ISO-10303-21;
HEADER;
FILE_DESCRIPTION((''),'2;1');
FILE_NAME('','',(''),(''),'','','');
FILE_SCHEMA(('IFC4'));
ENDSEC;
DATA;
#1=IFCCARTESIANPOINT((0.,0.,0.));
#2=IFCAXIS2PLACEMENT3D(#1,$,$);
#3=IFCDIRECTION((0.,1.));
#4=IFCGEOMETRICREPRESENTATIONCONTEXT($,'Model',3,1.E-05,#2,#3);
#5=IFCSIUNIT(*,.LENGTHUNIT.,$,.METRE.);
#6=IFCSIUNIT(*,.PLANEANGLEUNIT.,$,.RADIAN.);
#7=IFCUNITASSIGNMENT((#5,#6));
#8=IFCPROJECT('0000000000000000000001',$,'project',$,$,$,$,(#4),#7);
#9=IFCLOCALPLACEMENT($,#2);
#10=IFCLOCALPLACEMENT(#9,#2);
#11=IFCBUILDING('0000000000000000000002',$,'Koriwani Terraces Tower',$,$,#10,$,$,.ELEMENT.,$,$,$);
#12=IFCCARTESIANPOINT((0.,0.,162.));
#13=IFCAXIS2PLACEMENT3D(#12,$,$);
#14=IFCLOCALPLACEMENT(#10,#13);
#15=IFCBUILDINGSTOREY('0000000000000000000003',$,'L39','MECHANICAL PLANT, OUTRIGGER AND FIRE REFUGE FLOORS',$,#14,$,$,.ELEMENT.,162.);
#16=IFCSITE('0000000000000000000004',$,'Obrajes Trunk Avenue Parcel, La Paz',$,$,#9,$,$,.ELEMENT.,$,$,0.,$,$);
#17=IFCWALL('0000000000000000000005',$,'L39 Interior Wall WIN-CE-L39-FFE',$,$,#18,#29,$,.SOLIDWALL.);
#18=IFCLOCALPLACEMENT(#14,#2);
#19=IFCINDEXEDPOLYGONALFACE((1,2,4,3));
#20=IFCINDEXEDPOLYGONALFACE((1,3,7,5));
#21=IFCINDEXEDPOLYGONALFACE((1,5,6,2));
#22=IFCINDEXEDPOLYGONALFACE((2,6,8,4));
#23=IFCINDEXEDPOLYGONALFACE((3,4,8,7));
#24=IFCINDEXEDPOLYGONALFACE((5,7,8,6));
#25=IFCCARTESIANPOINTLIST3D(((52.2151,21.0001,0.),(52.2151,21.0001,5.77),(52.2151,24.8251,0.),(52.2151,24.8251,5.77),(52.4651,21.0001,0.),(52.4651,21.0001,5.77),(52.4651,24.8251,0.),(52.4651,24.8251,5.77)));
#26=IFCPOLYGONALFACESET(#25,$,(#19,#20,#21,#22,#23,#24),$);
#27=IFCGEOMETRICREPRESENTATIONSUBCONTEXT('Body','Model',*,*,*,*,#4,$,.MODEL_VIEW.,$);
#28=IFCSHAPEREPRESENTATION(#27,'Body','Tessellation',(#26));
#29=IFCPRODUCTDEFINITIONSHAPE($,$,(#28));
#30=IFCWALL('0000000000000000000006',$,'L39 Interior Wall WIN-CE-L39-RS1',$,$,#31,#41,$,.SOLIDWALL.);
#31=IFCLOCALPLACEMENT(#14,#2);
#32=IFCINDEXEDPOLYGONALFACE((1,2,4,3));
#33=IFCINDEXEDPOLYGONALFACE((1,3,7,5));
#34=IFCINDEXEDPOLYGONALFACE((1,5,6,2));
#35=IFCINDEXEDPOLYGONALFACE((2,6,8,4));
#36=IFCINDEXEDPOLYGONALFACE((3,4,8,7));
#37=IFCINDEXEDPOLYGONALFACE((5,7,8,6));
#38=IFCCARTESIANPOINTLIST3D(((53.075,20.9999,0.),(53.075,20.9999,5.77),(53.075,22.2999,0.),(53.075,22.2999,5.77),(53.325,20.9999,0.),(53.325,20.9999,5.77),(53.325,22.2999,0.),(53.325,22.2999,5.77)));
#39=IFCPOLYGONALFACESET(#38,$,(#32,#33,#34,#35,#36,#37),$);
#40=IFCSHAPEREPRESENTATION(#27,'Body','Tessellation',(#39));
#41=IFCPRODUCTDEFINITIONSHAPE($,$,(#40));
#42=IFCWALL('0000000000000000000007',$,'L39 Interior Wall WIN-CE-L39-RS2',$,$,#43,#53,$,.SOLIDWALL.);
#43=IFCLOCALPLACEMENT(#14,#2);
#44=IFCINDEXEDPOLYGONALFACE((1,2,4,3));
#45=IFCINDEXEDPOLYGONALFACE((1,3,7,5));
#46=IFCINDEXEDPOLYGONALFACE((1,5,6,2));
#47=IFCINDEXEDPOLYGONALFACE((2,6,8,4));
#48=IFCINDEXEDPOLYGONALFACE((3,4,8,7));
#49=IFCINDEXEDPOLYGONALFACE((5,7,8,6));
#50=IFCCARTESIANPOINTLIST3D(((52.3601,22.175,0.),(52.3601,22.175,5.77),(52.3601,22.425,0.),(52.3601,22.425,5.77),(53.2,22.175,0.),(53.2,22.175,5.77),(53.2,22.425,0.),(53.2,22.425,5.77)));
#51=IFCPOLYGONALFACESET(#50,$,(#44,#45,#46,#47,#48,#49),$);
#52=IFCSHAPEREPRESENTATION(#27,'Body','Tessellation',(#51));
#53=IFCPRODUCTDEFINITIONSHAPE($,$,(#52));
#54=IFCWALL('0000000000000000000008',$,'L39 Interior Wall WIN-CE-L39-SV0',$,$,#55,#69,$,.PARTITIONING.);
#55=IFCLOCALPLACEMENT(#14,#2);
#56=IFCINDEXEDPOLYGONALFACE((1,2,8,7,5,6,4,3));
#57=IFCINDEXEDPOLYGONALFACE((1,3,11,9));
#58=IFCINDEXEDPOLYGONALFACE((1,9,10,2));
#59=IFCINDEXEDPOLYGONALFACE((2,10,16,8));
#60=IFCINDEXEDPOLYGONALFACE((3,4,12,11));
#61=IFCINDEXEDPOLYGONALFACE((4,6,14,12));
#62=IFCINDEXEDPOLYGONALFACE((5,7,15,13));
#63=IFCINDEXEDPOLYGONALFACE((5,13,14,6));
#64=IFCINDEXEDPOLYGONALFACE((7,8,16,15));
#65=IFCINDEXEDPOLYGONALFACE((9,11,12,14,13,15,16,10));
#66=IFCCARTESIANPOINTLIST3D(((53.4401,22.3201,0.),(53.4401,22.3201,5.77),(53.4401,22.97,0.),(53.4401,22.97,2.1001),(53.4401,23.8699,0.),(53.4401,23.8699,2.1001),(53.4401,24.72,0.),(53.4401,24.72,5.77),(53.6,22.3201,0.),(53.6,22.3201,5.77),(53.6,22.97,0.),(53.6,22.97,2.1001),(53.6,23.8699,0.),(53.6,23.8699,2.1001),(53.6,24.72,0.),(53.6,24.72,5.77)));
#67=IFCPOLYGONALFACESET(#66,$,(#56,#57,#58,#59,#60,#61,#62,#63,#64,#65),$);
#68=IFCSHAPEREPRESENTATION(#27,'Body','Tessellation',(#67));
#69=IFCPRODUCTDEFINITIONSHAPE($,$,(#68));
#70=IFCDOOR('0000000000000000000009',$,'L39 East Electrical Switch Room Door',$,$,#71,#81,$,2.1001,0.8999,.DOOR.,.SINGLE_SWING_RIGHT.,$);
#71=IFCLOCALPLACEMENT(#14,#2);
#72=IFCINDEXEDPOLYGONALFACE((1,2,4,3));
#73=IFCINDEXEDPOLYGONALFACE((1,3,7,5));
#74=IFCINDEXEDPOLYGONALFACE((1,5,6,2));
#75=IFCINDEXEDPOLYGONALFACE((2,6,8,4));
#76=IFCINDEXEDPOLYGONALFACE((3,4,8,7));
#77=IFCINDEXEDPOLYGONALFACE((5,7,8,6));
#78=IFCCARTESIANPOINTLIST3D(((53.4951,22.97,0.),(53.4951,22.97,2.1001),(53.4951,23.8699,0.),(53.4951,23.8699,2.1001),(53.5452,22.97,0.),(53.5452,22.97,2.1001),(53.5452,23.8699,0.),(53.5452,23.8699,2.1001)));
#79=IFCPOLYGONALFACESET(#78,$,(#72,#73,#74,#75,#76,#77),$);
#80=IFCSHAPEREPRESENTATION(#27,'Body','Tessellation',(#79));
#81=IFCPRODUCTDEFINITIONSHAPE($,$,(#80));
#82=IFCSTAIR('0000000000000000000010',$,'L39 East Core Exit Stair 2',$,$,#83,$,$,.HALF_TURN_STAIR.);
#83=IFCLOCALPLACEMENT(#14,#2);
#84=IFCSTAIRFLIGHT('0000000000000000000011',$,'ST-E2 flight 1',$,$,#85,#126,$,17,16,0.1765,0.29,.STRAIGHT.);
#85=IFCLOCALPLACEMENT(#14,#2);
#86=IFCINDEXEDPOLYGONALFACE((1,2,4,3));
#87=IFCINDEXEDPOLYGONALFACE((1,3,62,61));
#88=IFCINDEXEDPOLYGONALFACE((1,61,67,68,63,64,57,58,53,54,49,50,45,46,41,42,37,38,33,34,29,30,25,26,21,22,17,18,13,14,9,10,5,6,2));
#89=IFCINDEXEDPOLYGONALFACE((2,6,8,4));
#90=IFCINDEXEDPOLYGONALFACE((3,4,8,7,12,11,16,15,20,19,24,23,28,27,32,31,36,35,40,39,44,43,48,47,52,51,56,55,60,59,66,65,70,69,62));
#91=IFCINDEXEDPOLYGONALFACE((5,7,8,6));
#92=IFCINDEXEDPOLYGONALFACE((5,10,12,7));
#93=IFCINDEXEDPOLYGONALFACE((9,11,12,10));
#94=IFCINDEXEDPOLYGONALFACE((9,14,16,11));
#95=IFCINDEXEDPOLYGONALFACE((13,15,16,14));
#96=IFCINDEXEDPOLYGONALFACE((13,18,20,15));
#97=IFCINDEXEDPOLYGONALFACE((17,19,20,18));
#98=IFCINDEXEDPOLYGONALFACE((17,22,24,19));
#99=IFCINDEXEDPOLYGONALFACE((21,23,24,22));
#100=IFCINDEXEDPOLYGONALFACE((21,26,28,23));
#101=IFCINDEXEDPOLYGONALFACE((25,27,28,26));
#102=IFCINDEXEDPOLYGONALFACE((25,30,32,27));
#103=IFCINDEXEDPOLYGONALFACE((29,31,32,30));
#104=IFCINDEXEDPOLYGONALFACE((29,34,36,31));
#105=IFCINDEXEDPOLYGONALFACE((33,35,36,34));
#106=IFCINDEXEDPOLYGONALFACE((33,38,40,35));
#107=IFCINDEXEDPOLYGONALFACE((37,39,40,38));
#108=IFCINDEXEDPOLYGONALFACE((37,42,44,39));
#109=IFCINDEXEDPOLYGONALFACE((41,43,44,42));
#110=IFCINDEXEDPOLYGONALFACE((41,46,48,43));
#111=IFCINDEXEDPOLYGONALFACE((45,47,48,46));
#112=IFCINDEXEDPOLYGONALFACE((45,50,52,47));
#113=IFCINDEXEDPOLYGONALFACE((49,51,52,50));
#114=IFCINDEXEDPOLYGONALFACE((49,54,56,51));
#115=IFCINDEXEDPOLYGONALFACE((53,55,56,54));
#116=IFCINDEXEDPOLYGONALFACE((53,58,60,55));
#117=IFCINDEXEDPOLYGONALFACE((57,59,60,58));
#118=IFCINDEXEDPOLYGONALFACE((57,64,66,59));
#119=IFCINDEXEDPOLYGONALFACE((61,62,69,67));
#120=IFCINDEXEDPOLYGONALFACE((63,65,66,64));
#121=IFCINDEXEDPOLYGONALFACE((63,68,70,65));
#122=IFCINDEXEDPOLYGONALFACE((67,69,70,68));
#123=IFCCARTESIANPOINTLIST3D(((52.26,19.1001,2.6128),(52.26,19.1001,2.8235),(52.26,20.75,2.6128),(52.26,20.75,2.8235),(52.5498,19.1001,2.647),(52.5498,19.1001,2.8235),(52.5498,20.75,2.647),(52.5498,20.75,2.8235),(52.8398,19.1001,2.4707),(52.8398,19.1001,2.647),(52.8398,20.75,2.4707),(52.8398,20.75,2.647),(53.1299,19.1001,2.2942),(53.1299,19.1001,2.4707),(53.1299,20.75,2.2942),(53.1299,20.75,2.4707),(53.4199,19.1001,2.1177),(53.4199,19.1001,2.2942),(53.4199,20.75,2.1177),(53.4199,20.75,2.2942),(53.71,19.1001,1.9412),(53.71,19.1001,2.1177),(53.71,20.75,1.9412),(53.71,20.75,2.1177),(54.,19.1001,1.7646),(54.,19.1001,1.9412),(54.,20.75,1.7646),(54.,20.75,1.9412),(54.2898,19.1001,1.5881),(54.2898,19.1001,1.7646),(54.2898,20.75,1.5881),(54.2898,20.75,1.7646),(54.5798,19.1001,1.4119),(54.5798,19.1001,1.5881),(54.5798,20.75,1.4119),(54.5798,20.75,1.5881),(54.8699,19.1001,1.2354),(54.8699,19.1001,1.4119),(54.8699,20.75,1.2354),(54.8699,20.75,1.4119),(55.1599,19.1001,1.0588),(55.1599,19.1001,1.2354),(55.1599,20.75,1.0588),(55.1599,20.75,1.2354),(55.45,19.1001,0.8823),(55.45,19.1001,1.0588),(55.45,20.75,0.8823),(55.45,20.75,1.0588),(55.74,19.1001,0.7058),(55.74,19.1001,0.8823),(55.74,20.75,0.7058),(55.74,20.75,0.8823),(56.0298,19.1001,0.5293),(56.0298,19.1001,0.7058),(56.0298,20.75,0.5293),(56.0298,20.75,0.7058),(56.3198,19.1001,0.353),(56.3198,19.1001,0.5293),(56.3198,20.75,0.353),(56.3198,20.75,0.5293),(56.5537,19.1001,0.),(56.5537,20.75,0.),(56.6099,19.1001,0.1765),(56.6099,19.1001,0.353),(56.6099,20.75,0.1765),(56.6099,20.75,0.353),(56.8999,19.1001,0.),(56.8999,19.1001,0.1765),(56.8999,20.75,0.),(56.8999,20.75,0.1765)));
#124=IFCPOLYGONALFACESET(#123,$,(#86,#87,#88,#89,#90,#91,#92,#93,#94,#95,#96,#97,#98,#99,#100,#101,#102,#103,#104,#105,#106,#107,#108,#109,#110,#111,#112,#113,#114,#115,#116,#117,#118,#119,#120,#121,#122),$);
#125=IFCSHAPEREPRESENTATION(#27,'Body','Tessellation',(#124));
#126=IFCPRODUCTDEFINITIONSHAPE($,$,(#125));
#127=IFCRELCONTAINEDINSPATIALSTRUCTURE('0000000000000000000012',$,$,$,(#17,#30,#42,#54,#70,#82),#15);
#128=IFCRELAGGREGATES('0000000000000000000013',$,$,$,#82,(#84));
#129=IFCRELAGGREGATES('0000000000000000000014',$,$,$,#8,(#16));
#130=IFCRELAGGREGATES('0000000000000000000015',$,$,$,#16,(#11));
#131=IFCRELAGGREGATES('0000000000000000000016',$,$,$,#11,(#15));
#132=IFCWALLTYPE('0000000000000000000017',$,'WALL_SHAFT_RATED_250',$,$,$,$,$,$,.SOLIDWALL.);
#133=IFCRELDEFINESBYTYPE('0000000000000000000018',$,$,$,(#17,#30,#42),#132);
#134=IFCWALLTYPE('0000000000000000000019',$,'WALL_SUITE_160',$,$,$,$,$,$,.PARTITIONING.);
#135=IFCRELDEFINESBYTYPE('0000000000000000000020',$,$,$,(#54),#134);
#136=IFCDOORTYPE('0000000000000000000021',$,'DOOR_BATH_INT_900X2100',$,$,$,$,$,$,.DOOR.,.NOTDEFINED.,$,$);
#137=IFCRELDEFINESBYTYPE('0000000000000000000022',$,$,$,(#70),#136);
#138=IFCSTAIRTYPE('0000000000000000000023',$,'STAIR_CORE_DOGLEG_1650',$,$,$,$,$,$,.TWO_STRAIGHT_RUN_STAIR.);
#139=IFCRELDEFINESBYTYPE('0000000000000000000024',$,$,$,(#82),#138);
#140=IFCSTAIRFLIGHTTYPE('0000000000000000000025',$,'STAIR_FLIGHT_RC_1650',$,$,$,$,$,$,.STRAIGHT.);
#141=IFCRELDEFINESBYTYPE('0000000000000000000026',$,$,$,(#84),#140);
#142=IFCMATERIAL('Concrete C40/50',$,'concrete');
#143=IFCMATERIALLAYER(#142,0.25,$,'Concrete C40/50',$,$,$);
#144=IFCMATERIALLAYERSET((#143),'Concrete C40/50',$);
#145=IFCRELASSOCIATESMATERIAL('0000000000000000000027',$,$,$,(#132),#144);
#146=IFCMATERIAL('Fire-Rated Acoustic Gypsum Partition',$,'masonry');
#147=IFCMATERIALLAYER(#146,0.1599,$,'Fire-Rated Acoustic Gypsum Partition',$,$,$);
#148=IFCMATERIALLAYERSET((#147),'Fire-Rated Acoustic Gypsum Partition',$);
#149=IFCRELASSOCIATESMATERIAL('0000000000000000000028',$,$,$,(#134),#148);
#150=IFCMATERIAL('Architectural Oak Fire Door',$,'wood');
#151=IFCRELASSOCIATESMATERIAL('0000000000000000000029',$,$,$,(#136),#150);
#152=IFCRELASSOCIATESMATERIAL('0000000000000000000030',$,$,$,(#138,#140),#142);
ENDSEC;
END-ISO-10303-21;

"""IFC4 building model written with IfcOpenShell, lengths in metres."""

from ifc_helpers import new_model, si_unit, direction, frame, frame_2d, origin, place, context, subcontext, project, spatial, polyline, rectangle, outline, extrude, material, layer, layer_set, type_object, element, fill, aggregate, save


model = new_model("IFC4")

# Units and contexts
model_context = context("Model", 3, precision=1e-05, world=origin(), true_north=direction((0.0, 1.0)))
body_context = subcontext(model_context, "Body", "Model", "MODEL_VIEW")
ifc_project = project(units=[si_unit("LENGTHUNIT", "METRE"), si_unit("PLANEANGLEUNIT", "RADIAN")], contexts=[model_context])

# Site, building, storey
site_placement = place(None, origin())
site = spatial("IfcSite", under=ifc_project, at=site_placement, Name="Obrajes Trunk Avenue Parcel, La Paz", CompositionType="ELEMENT", RefElevation=0.0)
building_placement = place(site_placement, origin())
building = spatial("IfcBuilding", under=site, at=building_placement, Name="Koriwani Terraces Tower", CompositionType="ELEMENT")
storey_placement = place(building_placement, frame((0.0, 0.0, 162.0)))
storey = spatial("IfcBuildingStorey", under=building, at=storey_placement, Name="L39", Description="MECHANICAL PLANT, OUTRIGGER AND FIRE REFUGE FLOORS", CompositionType="ELEMENT", Elevation=162.0)

# Shared definitions
ifc_material_1 = material(Name="Concrete C40/50", Category="concrete")
ifc_layer_1 = layer(ifc_material_1, 0.25, Name="Concrete C40/50")
ifc_layer_set_1 = layer_set([ifc_layer_1], Name="Concrete C40/50")
wall_type_1 = type_object("IfcWallType", Name="WALL_SHAFT_RATED_250", PredefinedType="SOLIDWALL", material=ifc_layer_set_1)

# Wall
wall_1_placement = place(storey_placement, frame((52.3401, 21.0, 0.0), z_axis=(0.0, 0.0, 1.0), x_axis=(0.0, 1.0, 0.0)))
element("IfcWall", 1, at=wall_1_placement, inside=storey, type_object=wall_type_1, Name="L39 Interior Wall WIN-CE-L39-FFE", PredefinedType="SOLIDWALL", context=body_context, shape_type="SweptSolid", body=[
    extrude(rectangle(XDim=3.825, YDim=0.25, at=frame_2d((1.9126, 0.0))), origin(), (0.0, 0.0, 1.0), 5.77),
])

# Walls
wall_2_placement = place(storey_placement, frame((53.2, 21.0, 0.0), z_axis=(0.0, 0.0, 1.0), x_axis=(0.0, 1.0, 0.0)))
element("IfcWall", 2, at=wall_2_placement, inside=storey, type_object=wall_type_1, Name="L39 Interior Wall WIN-CE-L39-RS1", PredefinedType="SOLIDWALL", context=body_context, shape_type="SweptSolid", body=[
    extrude(rectangle(XDim=1.3, YDim=0.25, at=frame_2d((0.6499, 0.0))), origin(), (0.0, 0.0, 1.0), 5.77),
])
wall_3_placement = place(storey_placement, frame((52.3601, 22.3, 0.0), z_axis=(0.0, 0.0, 1.0), x_axis=(1.0, 0.0, 0.0)))
element("IfcWall", 3, at=wall_3_placement, inside=storey, type_object=wall_type_1, Name="L39 Interior Wall WIN-CE-L39-RS2", PredefinedType="SOLIDWALL", context=body_context, shape_type="SweptSolid", body=[
    extrude(rectangle(XDim=0.8398, YDim=0.25, at=frame_2d((0.4199, 0.0))), origin(), (0.0, 0.0, 1.0), 5.77),
])

# Wall, opening, door
ifc_material_2 = material(Name="Fire-Rated Acoustic Gypsum Partition", Category="masonry")
ifc_layer_2 = layer(ifc_material_2, 0.1599, Name="Fire-Rated Acoustic Gypsum Partition")
ifc_layer_set_2 = layer_set([ifc_layer_2], Name="Fire-Rated Acoustic Gypsum Partition")
wall_type_2 = type_object("IfcWallType", Name="WALL_SUITE_160", PredefinedType="PARTITIONING", material=ifc_layer_set_2)
wall_4_placement = place(storey_placement, frame((53.52, 22.3201, 0.0), z_axis=(0.0, 0.0, 1.0), x_axis=(0.0, 1.0, 0.0)))
wall_4 = element("IfcWall", 4, at=wall_4_placement, inside=storey, type_object=wall_type_2, Name="L39 Interior Wall WIN-CE-L39-SV0", PredefinedType="PARTITIONING", context=body_context, shape_type="SweptSolid", body=[
    extrude(rectangle(XDim=2.3999, YDim=0.1599, at=frame_2d((1.2, 0.0))), origin(), (0.0, 0.0, 1.0), 5.77),
])
opening_1_placement = place(wall_4_placement, frame((0.6499, 0.0, 0.0)))
opening_1 = element("IfcOpeningElement", 5, at=opening_1_placement, cuts=wall_4, PredefinedType="OPENING", context=body_context, shape_type="SweptSolid", body=[
    extrude(rectangle(XDim=0.8999, YDim=2.1001, at=frame_2d((0.45, 1.05))), frame((0.0, 0.0898, 0.0), z_axis=(0.0, -1.0, 0.0), x_axis=(1.0, 0.0, 0.0)), (0.0, 0.0, 1.0), 0.1799),
])
ifc_material_3 = material(Name="Architectural Oak Fire Door", Category="wood")
door_type_1 = type_object("IfcDoorType", Name="DOOR_BATH_INT_900X2100", OperationType="NOTDEFINED", PredefinedType="DOOR", material=ifc_material_3)
door_1_placement = place(opening_1_placement, origin())
door_1 = element("IfcDoor", 6, at=door_1_placement, inside=storey, type_object=door_type_1, Name="L39 East Electrical Switch Room Door", OperationType="SINGLE_SWING_RIGHT", OverallHeight=2.1001, OverallWidth=0.8999, PredefinedType="DOOR", context=body_context, shape_type="SweptSolid", body=[
    extrude(rectangle(XDim=0.8999, YDim=2.1001, at=frame_2d((0.45, 1.05))), frame((0.0, 0.0249, 0.0), z_axis=(0.0, -1.0, 0.0), x_axis=(1.0, 0.0, 0.0)), (0.0, 0.0, 1.0), 0.05),
])
fill(opening_1, door_1)

# Stair, stair flight
stair_type = type_object("IfcStairType", Name="STAIR_CORE_DOGLEG_1650", PredefinedType="TWO_STRAIGHT_RUN_STAIR", material=ifc_material_1)
stair_placement = place(storey_placement, origin())
stair = element("IfcStair", 7, at=stair_placement, inside=storey, type_object=stair_type, Name="L39 East Core Exit Stair 2", PredefinedType="HALF_TURN_STAIR")
stair_flight_type = type_object("IfcStairFlightType", Name="STAIR_FLIGHT_RC_1650", PredefinedType="STRAIGHT", material=ifc_material_1)
stair_flight_placement = place(storey_placement, frame((56.8999, 19.925, 0.0), z_axis=(0.0, 0.0, 1.0), x_axis=(-1.0, 0.0, 0.0)))
stair_flight = element("IfcStairFlight", 8, at=stair_flight_placement, type_object=stair_flight_type, Name="ST-E2 flight 1", NumberOfRisers=17, NumberOfTreads=16, PredefinedType="STRAIGHT", RiserHeight=0.1765, TreadLength=0.29, context=body_context, shape_type="SweptSolid", body=[
    extrude(outline(polyline([(0.0, 0.0), (0.0, 0.1765), (0.29, 0.1765), (0.29, 0.353), (0.5801, 0.353), (0.5801, 0.5293), (0.8701, 0.5293), (0.8701, 0.7058), (1.1599, 0.7058), (1.1599, 0.8823), (1.45, 0.8823), (1.45, 1.0588), (1.74, 1.0588), (1.74, 1.2354), (2.03, 1.2354), (2.03, 1.4119), (2.3201, 1.4119), (2.3201, 1.5881), (2.6101, 1.5881), (2.6101, 1.7646), (2.8999, 1.7646), (2.8999, 1.9412), (3.1899, 1.9412), (3.1899, 2.1177), (3.48, 2.1177), (3.48, 2.2942), (3.77, 2.2942), (3.77, 2.4707), (4.0601, 2.4707), (4.0601, 2.647), (4.3501, 2.647), (4.3501, 2.8235), (4.6399, 2.8235), (4.6399, 3.0), (4.6399, 2.6128), (0.3462, 0.0), (0.0, 0.0)])), frame((0.0, 0.825, 0.0), z_axis=(0.0, -1.0, 0.0), x_axis=(1.0, 0.0, 0.0)), (0.0, 0.0, 1.0), 1.6499),
])
aggregate(stair, [stair_flight])

save(model, "model.ifc")
